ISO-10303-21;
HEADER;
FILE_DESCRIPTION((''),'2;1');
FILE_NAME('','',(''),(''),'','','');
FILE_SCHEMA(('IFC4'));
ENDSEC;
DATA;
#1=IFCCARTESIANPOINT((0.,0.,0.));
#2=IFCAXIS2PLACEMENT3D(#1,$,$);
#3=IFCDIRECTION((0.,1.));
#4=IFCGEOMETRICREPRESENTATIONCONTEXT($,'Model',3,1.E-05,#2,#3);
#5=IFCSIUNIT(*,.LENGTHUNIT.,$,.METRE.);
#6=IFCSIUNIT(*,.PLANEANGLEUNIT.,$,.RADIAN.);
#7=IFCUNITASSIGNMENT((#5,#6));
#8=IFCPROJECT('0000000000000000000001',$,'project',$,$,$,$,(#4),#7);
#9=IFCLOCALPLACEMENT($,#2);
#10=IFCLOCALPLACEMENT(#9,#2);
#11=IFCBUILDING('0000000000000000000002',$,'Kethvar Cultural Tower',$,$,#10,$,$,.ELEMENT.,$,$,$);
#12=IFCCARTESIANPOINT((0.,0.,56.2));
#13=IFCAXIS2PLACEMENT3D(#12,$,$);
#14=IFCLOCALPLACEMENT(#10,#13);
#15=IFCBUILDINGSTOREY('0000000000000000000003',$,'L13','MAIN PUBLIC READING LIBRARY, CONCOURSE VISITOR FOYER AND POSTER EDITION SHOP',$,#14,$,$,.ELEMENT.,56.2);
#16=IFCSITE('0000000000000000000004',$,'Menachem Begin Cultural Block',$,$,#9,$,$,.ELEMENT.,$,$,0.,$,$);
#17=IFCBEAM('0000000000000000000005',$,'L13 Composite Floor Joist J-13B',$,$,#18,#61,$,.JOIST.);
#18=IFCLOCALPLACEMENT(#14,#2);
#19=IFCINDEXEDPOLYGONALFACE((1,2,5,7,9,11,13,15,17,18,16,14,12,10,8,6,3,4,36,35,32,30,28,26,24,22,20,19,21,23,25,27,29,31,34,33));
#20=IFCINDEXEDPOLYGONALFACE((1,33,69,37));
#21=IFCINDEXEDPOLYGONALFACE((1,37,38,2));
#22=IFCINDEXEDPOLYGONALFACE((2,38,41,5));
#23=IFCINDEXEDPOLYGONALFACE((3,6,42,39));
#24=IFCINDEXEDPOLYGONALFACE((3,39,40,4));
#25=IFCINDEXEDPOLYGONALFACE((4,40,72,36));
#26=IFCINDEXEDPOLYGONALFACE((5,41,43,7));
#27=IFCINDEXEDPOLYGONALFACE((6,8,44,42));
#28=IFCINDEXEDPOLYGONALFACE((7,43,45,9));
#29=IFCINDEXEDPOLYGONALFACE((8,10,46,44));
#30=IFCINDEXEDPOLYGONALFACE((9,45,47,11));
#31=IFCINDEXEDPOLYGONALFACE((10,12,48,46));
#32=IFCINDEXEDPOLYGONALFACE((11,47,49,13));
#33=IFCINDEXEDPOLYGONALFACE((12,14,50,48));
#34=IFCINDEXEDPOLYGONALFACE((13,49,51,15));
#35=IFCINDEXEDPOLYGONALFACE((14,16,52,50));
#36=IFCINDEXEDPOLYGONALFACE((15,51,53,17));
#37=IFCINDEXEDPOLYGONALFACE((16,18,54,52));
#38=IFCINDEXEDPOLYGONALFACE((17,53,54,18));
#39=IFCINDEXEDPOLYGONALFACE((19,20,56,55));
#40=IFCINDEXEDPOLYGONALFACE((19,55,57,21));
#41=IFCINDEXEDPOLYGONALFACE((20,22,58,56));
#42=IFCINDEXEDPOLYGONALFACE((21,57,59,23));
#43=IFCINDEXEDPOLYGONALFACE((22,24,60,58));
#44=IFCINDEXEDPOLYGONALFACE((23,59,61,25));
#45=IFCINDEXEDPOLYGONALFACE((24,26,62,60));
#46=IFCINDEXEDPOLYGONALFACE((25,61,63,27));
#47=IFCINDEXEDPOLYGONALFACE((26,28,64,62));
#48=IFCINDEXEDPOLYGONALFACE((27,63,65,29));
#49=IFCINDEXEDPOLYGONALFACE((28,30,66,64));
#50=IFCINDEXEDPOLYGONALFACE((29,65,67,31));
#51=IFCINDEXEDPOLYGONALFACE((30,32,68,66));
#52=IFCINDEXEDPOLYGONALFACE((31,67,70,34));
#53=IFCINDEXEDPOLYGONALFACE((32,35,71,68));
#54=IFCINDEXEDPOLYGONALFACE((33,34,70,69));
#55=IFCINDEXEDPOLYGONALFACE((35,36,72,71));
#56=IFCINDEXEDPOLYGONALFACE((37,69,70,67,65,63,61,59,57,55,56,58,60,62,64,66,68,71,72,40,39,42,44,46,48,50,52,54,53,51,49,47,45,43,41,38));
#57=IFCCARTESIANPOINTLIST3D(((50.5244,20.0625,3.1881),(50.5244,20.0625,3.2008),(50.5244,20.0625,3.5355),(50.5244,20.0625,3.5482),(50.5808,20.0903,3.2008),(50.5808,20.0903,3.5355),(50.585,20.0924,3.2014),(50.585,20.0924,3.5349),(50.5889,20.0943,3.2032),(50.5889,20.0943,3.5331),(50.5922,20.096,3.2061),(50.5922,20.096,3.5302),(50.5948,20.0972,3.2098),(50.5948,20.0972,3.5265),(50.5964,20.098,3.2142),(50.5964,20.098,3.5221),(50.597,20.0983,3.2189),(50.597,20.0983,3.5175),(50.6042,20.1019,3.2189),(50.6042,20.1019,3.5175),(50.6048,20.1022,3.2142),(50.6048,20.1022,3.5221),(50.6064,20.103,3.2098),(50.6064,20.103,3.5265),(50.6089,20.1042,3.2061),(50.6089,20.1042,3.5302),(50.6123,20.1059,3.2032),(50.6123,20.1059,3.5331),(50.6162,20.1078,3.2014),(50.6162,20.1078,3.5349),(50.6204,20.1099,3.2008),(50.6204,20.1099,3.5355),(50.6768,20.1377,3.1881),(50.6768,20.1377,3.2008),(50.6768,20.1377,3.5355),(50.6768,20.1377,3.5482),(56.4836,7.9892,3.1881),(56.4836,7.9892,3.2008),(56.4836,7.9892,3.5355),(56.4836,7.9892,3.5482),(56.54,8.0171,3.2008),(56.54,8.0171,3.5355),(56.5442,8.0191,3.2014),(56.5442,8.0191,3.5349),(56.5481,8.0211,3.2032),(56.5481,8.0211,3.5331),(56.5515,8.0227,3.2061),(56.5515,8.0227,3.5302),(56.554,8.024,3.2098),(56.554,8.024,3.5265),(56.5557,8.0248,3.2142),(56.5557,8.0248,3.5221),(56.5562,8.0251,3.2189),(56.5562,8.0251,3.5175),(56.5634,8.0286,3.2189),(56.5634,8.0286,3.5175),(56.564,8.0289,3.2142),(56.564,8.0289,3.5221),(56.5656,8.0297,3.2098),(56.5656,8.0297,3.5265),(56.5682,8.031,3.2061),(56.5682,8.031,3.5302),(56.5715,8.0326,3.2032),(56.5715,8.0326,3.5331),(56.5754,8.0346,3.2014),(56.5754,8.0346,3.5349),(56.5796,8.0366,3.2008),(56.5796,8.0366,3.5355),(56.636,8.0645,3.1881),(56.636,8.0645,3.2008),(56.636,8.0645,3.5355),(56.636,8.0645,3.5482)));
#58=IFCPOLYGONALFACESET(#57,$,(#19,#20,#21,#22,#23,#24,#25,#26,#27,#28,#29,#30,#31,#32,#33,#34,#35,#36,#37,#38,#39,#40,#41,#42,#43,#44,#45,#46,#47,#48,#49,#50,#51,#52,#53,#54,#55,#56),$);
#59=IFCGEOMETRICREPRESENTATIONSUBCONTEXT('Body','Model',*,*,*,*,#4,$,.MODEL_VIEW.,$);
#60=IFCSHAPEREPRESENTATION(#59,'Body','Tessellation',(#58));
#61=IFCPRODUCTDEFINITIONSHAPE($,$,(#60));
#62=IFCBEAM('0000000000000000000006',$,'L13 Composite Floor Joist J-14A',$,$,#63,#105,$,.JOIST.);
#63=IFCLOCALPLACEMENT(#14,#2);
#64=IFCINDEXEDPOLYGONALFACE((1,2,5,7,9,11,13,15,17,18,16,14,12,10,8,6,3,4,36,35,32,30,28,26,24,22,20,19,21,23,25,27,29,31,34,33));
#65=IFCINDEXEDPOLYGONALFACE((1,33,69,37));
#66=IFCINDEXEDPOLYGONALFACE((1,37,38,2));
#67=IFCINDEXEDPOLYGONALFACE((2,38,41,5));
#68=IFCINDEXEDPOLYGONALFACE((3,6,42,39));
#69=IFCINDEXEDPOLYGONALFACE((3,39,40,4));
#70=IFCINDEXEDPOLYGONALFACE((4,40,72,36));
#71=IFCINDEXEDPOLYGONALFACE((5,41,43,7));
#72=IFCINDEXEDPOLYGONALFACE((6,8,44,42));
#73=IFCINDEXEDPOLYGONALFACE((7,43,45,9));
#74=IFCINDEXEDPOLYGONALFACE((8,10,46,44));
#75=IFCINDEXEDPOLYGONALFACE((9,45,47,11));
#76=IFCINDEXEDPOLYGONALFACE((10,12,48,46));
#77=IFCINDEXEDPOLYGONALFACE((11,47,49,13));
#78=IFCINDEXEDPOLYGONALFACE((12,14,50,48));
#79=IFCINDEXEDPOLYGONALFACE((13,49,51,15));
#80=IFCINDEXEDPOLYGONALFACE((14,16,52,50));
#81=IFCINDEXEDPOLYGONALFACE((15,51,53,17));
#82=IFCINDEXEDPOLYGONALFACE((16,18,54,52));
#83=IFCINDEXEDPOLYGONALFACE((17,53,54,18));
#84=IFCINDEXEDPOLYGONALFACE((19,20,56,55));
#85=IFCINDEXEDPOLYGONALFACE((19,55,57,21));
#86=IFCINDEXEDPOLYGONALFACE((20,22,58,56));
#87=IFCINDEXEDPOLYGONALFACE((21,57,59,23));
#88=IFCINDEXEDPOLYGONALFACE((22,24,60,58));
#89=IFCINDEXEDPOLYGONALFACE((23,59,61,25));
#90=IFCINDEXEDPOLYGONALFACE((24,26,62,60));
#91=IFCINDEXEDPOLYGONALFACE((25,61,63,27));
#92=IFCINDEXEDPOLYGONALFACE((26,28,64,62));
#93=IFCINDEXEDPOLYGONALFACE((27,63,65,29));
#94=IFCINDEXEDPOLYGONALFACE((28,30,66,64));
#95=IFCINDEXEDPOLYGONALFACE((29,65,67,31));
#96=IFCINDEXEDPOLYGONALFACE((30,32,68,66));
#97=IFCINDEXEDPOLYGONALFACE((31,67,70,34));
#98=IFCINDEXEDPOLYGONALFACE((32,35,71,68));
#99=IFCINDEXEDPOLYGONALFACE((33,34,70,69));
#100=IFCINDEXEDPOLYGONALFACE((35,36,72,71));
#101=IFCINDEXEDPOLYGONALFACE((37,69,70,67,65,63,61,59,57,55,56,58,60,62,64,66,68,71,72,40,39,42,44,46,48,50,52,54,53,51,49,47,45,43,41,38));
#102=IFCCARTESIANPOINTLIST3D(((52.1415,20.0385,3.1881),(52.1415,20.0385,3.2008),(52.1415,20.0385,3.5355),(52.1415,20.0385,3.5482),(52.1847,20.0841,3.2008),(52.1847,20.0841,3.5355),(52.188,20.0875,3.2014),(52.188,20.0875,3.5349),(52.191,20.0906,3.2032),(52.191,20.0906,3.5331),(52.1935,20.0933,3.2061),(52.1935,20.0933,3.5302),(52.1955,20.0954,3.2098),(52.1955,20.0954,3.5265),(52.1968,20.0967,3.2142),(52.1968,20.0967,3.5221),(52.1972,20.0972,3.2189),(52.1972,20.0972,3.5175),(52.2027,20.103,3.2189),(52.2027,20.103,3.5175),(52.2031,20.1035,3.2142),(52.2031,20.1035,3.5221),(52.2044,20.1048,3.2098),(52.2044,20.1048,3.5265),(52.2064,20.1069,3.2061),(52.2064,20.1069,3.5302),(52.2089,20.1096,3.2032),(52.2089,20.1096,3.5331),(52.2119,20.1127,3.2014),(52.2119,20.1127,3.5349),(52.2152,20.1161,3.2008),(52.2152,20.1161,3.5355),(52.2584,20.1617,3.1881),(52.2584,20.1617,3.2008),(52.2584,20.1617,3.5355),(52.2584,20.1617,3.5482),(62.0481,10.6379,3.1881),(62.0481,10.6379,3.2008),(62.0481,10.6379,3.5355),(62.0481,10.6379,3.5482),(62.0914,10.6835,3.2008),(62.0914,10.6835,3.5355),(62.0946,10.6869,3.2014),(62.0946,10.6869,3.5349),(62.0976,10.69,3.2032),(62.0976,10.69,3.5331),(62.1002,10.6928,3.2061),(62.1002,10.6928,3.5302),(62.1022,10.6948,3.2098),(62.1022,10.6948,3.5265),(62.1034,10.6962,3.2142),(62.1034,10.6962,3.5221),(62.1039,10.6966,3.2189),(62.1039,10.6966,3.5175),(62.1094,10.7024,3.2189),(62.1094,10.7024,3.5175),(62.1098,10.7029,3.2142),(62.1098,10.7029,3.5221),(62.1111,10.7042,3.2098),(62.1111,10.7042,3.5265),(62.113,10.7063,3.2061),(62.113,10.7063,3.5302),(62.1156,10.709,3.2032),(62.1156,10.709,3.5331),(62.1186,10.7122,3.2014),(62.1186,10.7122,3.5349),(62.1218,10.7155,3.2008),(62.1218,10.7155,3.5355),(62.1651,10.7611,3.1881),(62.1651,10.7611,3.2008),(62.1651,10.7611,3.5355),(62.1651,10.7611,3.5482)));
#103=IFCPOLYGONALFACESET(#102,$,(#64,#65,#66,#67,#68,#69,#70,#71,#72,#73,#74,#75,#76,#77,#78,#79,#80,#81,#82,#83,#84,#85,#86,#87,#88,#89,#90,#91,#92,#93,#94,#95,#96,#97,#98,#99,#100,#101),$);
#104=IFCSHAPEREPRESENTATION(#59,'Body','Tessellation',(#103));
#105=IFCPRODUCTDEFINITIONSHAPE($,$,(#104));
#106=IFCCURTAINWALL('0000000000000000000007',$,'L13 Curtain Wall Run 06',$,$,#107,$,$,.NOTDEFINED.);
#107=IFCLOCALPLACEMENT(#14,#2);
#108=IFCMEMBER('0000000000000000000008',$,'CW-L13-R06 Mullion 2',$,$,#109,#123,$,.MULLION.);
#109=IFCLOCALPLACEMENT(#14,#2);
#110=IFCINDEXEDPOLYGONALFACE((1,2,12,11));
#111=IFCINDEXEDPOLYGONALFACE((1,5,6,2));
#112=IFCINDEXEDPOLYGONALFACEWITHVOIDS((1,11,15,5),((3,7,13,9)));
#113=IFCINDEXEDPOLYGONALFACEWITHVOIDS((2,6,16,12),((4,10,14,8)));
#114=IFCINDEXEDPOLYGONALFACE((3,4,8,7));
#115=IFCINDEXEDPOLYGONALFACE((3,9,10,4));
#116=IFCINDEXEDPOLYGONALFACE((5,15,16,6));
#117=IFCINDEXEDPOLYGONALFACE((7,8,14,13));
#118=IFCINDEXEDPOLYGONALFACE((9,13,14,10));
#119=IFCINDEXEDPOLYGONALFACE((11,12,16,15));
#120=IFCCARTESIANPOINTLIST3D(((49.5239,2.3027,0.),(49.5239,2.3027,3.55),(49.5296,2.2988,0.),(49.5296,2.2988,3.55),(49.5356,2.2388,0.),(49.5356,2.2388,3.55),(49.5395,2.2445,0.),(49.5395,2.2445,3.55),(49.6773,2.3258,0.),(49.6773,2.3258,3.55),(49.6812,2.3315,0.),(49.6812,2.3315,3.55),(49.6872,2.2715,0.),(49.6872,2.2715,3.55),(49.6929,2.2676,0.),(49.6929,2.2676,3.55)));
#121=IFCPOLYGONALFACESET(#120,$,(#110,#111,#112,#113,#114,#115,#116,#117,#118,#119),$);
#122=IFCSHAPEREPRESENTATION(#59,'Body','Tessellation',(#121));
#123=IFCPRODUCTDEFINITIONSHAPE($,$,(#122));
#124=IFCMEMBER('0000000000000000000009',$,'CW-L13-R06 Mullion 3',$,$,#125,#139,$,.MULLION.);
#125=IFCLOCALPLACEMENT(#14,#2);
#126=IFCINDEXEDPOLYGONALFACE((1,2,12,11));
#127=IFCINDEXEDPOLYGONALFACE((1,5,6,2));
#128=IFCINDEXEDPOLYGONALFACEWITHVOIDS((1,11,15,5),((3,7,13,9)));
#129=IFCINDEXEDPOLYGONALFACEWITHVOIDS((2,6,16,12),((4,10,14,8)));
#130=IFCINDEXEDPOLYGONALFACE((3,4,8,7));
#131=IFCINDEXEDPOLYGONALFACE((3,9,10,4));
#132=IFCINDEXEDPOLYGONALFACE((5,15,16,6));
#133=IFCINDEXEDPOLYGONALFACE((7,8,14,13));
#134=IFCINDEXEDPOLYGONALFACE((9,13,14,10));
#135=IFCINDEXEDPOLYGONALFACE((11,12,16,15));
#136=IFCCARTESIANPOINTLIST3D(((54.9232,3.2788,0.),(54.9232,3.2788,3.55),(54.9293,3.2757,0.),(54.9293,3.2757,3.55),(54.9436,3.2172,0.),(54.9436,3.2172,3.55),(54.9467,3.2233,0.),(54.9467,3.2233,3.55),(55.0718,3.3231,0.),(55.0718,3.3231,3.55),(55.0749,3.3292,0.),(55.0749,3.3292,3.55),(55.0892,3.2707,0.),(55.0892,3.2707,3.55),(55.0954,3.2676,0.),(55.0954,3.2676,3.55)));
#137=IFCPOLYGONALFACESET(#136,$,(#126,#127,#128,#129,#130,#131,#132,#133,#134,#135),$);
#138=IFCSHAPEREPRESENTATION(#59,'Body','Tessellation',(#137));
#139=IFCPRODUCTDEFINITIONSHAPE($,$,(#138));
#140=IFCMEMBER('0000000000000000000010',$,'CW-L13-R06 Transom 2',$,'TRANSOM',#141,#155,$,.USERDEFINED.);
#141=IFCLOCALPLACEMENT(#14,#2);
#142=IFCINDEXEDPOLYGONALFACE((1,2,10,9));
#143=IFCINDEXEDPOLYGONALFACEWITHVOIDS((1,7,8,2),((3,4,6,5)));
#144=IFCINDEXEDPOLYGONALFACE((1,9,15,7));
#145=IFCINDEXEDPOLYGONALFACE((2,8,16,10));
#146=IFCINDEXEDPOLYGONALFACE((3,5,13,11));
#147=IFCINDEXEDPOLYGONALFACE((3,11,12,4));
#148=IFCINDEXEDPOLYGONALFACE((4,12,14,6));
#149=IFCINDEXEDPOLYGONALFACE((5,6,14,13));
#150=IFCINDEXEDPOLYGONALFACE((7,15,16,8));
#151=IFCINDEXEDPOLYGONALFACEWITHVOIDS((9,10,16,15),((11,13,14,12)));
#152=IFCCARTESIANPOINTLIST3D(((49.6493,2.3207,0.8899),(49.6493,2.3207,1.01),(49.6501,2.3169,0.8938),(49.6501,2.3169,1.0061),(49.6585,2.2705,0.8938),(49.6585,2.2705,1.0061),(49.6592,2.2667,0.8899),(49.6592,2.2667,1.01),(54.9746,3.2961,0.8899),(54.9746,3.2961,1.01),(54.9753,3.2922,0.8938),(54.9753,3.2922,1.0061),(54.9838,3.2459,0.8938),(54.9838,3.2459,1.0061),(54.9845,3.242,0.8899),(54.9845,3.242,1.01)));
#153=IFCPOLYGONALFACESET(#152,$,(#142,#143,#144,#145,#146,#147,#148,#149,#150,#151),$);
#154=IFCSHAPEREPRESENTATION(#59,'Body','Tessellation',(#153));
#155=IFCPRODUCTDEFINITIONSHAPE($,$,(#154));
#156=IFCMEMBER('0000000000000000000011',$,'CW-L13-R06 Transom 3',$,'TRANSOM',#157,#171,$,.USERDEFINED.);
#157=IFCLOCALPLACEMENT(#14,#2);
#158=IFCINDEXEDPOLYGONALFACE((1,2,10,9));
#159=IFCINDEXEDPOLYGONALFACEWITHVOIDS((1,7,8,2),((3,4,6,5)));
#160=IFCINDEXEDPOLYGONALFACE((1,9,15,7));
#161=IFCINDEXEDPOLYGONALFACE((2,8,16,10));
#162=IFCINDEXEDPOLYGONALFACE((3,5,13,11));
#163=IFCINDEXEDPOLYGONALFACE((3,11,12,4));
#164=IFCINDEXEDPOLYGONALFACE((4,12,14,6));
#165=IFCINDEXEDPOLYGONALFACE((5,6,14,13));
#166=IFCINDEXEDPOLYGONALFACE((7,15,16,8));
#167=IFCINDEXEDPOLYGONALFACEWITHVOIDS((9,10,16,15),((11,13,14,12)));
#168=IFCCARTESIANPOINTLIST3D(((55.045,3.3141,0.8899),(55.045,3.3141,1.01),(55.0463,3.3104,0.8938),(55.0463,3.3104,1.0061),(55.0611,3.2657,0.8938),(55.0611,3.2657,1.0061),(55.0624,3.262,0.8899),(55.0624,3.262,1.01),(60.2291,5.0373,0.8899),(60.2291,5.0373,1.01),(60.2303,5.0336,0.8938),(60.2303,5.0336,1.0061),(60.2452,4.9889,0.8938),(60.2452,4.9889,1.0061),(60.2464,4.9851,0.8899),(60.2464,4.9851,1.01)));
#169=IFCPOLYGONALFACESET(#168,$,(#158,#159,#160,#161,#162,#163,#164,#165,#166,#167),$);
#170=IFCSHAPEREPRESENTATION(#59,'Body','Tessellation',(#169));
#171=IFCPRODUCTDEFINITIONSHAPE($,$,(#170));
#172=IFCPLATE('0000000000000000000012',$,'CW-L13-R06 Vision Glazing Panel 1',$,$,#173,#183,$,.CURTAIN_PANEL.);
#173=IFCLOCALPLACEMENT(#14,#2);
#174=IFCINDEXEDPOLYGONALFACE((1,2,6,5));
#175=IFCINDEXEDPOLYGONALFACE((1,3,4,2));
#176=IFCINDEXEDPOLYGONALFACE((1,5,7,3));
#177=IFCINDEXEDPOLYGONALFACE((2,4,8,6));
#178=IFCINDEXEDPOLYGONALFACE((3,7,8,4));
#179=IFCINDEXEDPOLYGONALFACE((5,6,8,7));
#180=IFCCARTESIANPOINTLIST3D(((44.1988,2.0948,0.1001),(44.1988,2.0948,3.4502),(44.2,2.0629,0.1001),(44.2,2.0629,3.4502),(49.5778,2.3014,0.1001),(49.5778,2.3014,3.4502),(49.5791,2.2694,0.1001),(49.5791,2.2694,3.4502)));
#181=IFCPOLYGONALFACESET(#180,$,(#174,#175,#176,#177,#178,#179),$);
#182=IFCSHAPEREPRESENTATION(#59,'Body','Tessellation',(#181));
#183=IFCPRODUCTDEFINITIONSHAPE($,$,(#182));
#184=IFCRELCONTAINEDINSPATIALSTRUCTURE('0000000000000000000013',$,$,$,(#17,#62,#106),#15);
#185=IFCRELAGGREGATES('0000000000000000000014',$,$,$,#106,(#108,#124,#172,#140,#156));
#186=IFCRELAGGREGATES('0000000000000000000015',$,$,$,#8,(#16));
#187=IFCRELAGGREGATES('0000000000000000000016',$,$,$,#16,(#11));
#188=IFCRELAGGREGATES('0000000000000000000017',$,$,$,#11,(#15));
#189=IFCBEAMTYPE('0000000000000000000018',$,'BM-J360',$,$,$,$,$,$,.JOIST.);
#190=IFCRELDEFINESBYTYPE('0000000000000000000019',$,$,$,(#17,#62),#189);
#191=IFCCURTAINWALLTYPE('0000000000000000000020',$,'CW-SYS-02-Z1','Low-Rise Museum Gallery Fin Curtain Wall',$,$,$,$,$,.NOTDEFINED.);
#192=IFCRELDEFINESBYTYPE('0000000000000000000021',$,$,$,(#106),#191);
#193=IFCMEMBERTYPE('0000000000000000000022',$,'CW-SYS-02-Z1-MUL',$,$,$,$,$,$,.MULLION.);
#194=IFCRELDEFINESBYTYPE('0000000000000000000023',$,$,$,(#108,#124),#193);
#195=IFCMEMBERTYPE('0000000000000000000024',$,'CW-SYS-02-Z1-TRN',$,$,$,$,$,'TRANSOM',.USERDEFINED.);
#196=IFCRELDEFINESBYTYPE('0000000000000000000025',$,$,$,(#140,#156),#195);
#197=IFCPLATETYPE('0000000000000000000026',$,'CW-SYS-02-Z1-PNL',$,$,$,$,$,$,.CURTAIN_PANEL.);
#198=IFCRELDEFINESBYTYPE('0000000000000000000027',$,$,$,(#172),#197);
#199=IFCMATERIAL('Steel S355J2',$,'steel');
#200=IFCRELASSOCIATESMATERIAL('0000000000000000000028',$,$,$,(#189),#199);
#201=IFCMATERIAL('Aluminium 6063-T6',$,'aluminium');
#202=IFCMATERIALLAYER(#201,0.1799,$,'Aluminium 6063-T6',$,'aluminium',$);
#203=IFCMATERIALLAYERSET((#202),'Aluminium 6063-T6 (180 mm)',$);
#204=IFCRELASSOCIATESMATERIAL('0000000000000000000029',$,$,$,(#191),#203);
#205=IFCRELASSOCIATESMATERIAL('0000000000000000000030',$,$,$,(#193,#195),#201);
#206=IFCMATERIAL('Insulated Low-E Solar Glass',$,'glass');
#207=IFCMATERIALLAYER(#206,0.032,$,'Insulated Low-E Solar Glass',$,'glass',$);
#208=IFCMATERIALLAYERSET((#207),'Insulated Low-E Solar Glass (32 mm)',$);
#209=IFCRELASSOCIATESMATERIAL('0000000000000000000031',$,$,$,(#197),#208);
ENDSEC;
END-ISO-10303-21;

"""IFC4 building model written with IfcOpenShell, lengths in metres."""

from ifc_helpers import new_model, si_unit, direction, frame, origin, origin_2d, place, context, subcontext, project, spatial, rectangle, hollow_rectangle, i_section, extrude, source, transform, mapped, material, layer, layer_set, material_profile, profile_set, type_object, element, aggregate, save


model = new_model("IFC4")

# Units and contexts
model_context = context("Model", 3, precision=1e-05, world=origin(), true_north=direction((0.0, 1.0)))
body_context = subcontext(model_context, "Body", "Model", "MODEL_VIEW")
ifc_project = project(units=[si_unit("LENGTHUNIT", "METRE"), si_unit("PLANEANGLEUNIT", "RADIAN")], contexts=[model_context])

# Site, building, storey
site_placement = place(None, origin())
site = spatial("IfcSite", under=ifc_project, at=site_placement, Name="Menachem Begin Cultural Block", CompositionType="ELEMENT", RefElevation=0.0)
building_placement = place(site_placement, origin())
building = spatial("IfcBuilding", under=site, at=building_placement, Name="Kethvar Cultural Tower", CompositionType="ELEMENT")
storey_placement = place(building_placement, frame((0.0, 0.0, 56.2)))
storey = spatial("IfcBuildingStorey", under=building, at=storey_placement, Name="L13", Description="MAIN PUBLIC READING LIBRARY, CONCOURSE VISITOR FOYER AND POSTER EDITION SHOP", CompositionType="ELEMENT", Elevation=56.2)

# Beams
ifc_material_1 = material(Name="Steel S355J2", Category="steel")
ifc_material_profile_1 = material_profile(ifc_material_1, i_section(OverallWidth=0.1699, OverallDepth=0.3601, WebThickness=0.0081, FlangeThickness=0.0127, FilletRadius=0.0181, at=origin_2d()), Name="Steel S355J2 — IPE360")
ifc_profile_set_1 = profile_set([ifc_material_profile_1], Name="Steel S355J2 — IPE360")
beam_type_1 = type_object("IfcBeamType", Name="BM-J360", PredefinedType="JOIST", material=ifc_profile_set_1)
shared_shape_1 = source(origin(), body_context, "Body", "SweptSolid", [
    extrude(i_section(OverallWidth=0.1699, OverallDepth=0.3601, WebThickness=0.0081, FlangeThickness=0.0127, FilletRadius=0.0181, at=origin_2d()), origin(), (0.0, 0.0, 1.0), 13.4639),
])
beam_1_placement = place(storey_placement, frame((50.6006, 20.1001, 3.3682), z_axis=(0.442609, -0.896715, 0.0), x_axis=(0.896715, 0.442609, 0.0)))
element("IfcBeam", 1, at=beam_1_placement, inside=storey, type_object=beam_type_1, Name="L13 Composite Floor Joist J-13B", PredefinedType="JOIST", context=body_context, shape_type="MappedRepresentation", body=[
    mapped(shared_shape_1, transform((0.0, 0.0, 0.0), scale=1.0)),
])
shared_shape_2 = source(origin(), body_context, "Body", "SweptSolid", [
    extrude(i_section(OverallWidth=0.1699, OverallDepth=0.3601, WebThickness=0.0081, FlangeThickness=0.0127, FilletRadius=0.0181, at=origin_2d()), origin(), (0.0, 0.0, 1.0), 13.657),
])
beam_2_placement = place(storey_placement, frame((52.2, 20.1001, 3.3682), z_axis=(0.725393, -0.688335, 0.0), x_axis=(0.688335, 0.725393, 0.0)))
element("IfcBeam", 2, at=beam_2_placement, inside=storey, type_object=beam_type_1, Name="L13 Composite Floor Joist J-14A", PredefinedType="JOIST", context=body_context, shape_type="MappedRepresentation", body=[
    mapped(shared_shape_2, transform((0.0, 0.0, 0.0), scale=1.0)),
])

# Curtain wall, members, plate
ifc_material_2 = material(Name="Aluminium 6063-T6", Category="aluminium")
ifc_layer_1 = layer(ifc_material_2, 0.1799, Name="Aluminium 6063-T6", Category="aluminium")
ifc_layer_set_1 = layer_set([ifc_layer_1], Name="Aluminium 6063-T6 (180 mm)")
curtain_wall_type = type_object("IfcCurtainWallType", Name="CW-SYS-02-Z1", Description="Low-Rise Museum Gallery Fin Curtain Wall", PredefinedType="NOTDEFINED", material=ifc_layer_set_1)
curtain_wall_placement = place(storey_placement, origin())
curtain_wall = element("IfcCurtainWall", 3, at=curtain_wall_placement, inside=storey, type_object=curtain_wall_type, Name="L13 Curtain Wall Run 06", PredefinedType="NOTDEFINED")
ifc_material_profile_2 = material_profile(ifc_material_2, hollow_rectangle(XDim=0.0649, YDim=0.1599, WallThickness=0.0049, at=origin_2d()), Name="Aluminium 6063-T6 — RHS160x65x5")
ifc_profile_set_2 = profile_set([ifc_material_profile_2], Name="Aluminium 6063-T6 — RHS160x65x5")
member_type_1 = type_object("IfcMemberType", Name="CW-SYS-02-Z1-MUL", PredefinedType="MULLION", material=ifc_profile_set_2)
shared_shape_3 = source(origin(), body_context, "Body", "SweptSolid", [
    extrude(hollow_rectangle(XDim=0.0649, YDim=0.1599, WallThickness=0.0049, at=origin_2d()), origin(), (0.0, 0.0, 1.0), 3.55),
])
member_1_placement = place(storey_placement, frame((49.6084, 2.2852, 0.0), z_axis=(0.0, 0.0, 1.0), x_axis=(-0.180159, 0.983638, 0.0)))
member_1 = element("IfcMember", 4, at=member_1_placement, type_object=member_type_1, Name="CW-L13-R06 Mullion 2", PredefinedType="MULLION", context=body_context, shape_type="MappedRepresentation", body=[
    mapped(shared_shape_3, transform((0.0, 0.0, 0.0), scale=1.0)),
])
member_2_placement = place(storey_placement, frame((55.0093, 3.2732, 0.0), z_axis=(0.0, 0.0, 1.0), x_axis=(-0.315417, 0.948953, 0.0)))
member_2 = element("IfcMember", 5, at=member_2_placement, type_object=member_type_1, Name="CW-L13-R06 Mullion 3", PredefinedType="MULLION", context=body_context, shape_type="MappedRepresentation", body=[
    mapped(shared_shape_3, transform((0.0, 0.0, 0.0), scale=1.0)),
])
ifc_material_profile_3 = material_profile(ifc_material_2, hollow_rectangle(XDim=0.0549, YDim=0.1201, WallThickness=0.0039, at=origin_2d()), Name="Aluminium 6063-T6 — RHS120x55x4")
ifc_profile_set_3 = profile_set([ifc_material_profile_3], Name="Aluminium 6063-T6 — RHS120x55x4")
member_type_2 = type_object("IfcMemberType", Name="CW-SYS-02-Z1-TRN", ElementType="TRANSOM", PredefinedType="USERDEFINED", material=ifc_profile_set_3)
shared_shape_4 = source(origin(), body_context, "Body", "SweptSolid", [
    extrude(hollow_rectangle(XDim=0.0549, YDim=0.1201, WallThickness=0.0039, at=origin_2d()), origin(), (0.0, 0.0, 1.0), 5.4138),
])
member_3_placement = place(storey_placement, frame((49.6543, 2.2937, 0.95), z_axis=(0.983637, 0.180159, 0.0), x_axis=(-0.180159, 0.983637, 0.0)))
member_3 = element("IfcMember", 6, at=member_3_placement, type_object=member_type_2, Name="CW-L13-R06 Transom 2", ObjectType="TRANSOM", PredefinedType="USERDEFINED", context=body_context, shape_type="MappedRepresentation", body=[
    mapped(shared_shape_4, transform((0.0, 0.0, 0.0), scale=1.0)),
])
shared_shape_5 = source(origin(), body_context, "Body", "SweptSolid", [
    extrude(hollow_rectangle(XDim=0.0549, YDim=0.1201, WallThickness=0.0039, at=origin_2d()), origin(), (0.0, 0.0, 1.0), 5.4629),
])
member_4_placement = place(storey_placement, frame((55.0537, 3.2881, 0.95), z_axis=(0.948951, 0.315423, 0.0), x_axis=(-0.315423, 0.948951, 0.0)))
member_4 = element("IfcMember", 7, at=member_4_placement, type_object=member_type_2, Name="CW-L13-R06 Transom 3", ObjectType="TRANSOM", PredefinedType="USERDEFINED", context=body_context, shape_type="MappedRepresentation", body=[
    mapped(shared_shape_5, transform((0.0, 0.0, 0.0), scale=1.0)),
])
ifc_material_3 = material(Name="Insulated Low-E Solar Glass", Category="glass")
ifc_layer_2 = layer(ifc_material_3, 0.032, Name="Insulated Low-E Solar Glass", Category="glass")
ifc_layer_set_2 = layer_set([ifc_layer_2], Name="Insulated Low-E Solar Glass (32 mm)")
plate_type = type_object("IfcPlateType", Name="CW-SYS-02-Z1-PNL", PredefinedType="CURTAIN_PANEL", material=ifc_layer_set_2)
shared_shape_6 = source(origin(), body_context, "Body", "SweptSolid", [
    extrude(rectangle(XDim=5.3831, YDim=0.032, at=origin_2d()), origin(), (0.0, 0.0, 1.0), 3.3501),
])
plate_1_placement = place(storey_placement, frame((46.8889, 2.1821, 0.1001), z_axis=(0.0, 0.0, 1.0), x_axis=(0.999264, 0.03837, 0.0)))
plate_1 = element("IfcPlate", 8, at=plate_1_placement, type_object=plate_type, Name="CW-L13-R06 Vision Glazing Panel 1", PredefinedType="CURTAIN_PANEL", context=body_context, shape_type="MappedRepresentation", body=[
    mapped(shared_shape_6, transform((0.0, 0.0, 0.0), scale=1.0)),
])
aggregate(curtain_wall, [member_1, member_2, plate_1, member_3, member_4])

save(model, "model.ifc")
